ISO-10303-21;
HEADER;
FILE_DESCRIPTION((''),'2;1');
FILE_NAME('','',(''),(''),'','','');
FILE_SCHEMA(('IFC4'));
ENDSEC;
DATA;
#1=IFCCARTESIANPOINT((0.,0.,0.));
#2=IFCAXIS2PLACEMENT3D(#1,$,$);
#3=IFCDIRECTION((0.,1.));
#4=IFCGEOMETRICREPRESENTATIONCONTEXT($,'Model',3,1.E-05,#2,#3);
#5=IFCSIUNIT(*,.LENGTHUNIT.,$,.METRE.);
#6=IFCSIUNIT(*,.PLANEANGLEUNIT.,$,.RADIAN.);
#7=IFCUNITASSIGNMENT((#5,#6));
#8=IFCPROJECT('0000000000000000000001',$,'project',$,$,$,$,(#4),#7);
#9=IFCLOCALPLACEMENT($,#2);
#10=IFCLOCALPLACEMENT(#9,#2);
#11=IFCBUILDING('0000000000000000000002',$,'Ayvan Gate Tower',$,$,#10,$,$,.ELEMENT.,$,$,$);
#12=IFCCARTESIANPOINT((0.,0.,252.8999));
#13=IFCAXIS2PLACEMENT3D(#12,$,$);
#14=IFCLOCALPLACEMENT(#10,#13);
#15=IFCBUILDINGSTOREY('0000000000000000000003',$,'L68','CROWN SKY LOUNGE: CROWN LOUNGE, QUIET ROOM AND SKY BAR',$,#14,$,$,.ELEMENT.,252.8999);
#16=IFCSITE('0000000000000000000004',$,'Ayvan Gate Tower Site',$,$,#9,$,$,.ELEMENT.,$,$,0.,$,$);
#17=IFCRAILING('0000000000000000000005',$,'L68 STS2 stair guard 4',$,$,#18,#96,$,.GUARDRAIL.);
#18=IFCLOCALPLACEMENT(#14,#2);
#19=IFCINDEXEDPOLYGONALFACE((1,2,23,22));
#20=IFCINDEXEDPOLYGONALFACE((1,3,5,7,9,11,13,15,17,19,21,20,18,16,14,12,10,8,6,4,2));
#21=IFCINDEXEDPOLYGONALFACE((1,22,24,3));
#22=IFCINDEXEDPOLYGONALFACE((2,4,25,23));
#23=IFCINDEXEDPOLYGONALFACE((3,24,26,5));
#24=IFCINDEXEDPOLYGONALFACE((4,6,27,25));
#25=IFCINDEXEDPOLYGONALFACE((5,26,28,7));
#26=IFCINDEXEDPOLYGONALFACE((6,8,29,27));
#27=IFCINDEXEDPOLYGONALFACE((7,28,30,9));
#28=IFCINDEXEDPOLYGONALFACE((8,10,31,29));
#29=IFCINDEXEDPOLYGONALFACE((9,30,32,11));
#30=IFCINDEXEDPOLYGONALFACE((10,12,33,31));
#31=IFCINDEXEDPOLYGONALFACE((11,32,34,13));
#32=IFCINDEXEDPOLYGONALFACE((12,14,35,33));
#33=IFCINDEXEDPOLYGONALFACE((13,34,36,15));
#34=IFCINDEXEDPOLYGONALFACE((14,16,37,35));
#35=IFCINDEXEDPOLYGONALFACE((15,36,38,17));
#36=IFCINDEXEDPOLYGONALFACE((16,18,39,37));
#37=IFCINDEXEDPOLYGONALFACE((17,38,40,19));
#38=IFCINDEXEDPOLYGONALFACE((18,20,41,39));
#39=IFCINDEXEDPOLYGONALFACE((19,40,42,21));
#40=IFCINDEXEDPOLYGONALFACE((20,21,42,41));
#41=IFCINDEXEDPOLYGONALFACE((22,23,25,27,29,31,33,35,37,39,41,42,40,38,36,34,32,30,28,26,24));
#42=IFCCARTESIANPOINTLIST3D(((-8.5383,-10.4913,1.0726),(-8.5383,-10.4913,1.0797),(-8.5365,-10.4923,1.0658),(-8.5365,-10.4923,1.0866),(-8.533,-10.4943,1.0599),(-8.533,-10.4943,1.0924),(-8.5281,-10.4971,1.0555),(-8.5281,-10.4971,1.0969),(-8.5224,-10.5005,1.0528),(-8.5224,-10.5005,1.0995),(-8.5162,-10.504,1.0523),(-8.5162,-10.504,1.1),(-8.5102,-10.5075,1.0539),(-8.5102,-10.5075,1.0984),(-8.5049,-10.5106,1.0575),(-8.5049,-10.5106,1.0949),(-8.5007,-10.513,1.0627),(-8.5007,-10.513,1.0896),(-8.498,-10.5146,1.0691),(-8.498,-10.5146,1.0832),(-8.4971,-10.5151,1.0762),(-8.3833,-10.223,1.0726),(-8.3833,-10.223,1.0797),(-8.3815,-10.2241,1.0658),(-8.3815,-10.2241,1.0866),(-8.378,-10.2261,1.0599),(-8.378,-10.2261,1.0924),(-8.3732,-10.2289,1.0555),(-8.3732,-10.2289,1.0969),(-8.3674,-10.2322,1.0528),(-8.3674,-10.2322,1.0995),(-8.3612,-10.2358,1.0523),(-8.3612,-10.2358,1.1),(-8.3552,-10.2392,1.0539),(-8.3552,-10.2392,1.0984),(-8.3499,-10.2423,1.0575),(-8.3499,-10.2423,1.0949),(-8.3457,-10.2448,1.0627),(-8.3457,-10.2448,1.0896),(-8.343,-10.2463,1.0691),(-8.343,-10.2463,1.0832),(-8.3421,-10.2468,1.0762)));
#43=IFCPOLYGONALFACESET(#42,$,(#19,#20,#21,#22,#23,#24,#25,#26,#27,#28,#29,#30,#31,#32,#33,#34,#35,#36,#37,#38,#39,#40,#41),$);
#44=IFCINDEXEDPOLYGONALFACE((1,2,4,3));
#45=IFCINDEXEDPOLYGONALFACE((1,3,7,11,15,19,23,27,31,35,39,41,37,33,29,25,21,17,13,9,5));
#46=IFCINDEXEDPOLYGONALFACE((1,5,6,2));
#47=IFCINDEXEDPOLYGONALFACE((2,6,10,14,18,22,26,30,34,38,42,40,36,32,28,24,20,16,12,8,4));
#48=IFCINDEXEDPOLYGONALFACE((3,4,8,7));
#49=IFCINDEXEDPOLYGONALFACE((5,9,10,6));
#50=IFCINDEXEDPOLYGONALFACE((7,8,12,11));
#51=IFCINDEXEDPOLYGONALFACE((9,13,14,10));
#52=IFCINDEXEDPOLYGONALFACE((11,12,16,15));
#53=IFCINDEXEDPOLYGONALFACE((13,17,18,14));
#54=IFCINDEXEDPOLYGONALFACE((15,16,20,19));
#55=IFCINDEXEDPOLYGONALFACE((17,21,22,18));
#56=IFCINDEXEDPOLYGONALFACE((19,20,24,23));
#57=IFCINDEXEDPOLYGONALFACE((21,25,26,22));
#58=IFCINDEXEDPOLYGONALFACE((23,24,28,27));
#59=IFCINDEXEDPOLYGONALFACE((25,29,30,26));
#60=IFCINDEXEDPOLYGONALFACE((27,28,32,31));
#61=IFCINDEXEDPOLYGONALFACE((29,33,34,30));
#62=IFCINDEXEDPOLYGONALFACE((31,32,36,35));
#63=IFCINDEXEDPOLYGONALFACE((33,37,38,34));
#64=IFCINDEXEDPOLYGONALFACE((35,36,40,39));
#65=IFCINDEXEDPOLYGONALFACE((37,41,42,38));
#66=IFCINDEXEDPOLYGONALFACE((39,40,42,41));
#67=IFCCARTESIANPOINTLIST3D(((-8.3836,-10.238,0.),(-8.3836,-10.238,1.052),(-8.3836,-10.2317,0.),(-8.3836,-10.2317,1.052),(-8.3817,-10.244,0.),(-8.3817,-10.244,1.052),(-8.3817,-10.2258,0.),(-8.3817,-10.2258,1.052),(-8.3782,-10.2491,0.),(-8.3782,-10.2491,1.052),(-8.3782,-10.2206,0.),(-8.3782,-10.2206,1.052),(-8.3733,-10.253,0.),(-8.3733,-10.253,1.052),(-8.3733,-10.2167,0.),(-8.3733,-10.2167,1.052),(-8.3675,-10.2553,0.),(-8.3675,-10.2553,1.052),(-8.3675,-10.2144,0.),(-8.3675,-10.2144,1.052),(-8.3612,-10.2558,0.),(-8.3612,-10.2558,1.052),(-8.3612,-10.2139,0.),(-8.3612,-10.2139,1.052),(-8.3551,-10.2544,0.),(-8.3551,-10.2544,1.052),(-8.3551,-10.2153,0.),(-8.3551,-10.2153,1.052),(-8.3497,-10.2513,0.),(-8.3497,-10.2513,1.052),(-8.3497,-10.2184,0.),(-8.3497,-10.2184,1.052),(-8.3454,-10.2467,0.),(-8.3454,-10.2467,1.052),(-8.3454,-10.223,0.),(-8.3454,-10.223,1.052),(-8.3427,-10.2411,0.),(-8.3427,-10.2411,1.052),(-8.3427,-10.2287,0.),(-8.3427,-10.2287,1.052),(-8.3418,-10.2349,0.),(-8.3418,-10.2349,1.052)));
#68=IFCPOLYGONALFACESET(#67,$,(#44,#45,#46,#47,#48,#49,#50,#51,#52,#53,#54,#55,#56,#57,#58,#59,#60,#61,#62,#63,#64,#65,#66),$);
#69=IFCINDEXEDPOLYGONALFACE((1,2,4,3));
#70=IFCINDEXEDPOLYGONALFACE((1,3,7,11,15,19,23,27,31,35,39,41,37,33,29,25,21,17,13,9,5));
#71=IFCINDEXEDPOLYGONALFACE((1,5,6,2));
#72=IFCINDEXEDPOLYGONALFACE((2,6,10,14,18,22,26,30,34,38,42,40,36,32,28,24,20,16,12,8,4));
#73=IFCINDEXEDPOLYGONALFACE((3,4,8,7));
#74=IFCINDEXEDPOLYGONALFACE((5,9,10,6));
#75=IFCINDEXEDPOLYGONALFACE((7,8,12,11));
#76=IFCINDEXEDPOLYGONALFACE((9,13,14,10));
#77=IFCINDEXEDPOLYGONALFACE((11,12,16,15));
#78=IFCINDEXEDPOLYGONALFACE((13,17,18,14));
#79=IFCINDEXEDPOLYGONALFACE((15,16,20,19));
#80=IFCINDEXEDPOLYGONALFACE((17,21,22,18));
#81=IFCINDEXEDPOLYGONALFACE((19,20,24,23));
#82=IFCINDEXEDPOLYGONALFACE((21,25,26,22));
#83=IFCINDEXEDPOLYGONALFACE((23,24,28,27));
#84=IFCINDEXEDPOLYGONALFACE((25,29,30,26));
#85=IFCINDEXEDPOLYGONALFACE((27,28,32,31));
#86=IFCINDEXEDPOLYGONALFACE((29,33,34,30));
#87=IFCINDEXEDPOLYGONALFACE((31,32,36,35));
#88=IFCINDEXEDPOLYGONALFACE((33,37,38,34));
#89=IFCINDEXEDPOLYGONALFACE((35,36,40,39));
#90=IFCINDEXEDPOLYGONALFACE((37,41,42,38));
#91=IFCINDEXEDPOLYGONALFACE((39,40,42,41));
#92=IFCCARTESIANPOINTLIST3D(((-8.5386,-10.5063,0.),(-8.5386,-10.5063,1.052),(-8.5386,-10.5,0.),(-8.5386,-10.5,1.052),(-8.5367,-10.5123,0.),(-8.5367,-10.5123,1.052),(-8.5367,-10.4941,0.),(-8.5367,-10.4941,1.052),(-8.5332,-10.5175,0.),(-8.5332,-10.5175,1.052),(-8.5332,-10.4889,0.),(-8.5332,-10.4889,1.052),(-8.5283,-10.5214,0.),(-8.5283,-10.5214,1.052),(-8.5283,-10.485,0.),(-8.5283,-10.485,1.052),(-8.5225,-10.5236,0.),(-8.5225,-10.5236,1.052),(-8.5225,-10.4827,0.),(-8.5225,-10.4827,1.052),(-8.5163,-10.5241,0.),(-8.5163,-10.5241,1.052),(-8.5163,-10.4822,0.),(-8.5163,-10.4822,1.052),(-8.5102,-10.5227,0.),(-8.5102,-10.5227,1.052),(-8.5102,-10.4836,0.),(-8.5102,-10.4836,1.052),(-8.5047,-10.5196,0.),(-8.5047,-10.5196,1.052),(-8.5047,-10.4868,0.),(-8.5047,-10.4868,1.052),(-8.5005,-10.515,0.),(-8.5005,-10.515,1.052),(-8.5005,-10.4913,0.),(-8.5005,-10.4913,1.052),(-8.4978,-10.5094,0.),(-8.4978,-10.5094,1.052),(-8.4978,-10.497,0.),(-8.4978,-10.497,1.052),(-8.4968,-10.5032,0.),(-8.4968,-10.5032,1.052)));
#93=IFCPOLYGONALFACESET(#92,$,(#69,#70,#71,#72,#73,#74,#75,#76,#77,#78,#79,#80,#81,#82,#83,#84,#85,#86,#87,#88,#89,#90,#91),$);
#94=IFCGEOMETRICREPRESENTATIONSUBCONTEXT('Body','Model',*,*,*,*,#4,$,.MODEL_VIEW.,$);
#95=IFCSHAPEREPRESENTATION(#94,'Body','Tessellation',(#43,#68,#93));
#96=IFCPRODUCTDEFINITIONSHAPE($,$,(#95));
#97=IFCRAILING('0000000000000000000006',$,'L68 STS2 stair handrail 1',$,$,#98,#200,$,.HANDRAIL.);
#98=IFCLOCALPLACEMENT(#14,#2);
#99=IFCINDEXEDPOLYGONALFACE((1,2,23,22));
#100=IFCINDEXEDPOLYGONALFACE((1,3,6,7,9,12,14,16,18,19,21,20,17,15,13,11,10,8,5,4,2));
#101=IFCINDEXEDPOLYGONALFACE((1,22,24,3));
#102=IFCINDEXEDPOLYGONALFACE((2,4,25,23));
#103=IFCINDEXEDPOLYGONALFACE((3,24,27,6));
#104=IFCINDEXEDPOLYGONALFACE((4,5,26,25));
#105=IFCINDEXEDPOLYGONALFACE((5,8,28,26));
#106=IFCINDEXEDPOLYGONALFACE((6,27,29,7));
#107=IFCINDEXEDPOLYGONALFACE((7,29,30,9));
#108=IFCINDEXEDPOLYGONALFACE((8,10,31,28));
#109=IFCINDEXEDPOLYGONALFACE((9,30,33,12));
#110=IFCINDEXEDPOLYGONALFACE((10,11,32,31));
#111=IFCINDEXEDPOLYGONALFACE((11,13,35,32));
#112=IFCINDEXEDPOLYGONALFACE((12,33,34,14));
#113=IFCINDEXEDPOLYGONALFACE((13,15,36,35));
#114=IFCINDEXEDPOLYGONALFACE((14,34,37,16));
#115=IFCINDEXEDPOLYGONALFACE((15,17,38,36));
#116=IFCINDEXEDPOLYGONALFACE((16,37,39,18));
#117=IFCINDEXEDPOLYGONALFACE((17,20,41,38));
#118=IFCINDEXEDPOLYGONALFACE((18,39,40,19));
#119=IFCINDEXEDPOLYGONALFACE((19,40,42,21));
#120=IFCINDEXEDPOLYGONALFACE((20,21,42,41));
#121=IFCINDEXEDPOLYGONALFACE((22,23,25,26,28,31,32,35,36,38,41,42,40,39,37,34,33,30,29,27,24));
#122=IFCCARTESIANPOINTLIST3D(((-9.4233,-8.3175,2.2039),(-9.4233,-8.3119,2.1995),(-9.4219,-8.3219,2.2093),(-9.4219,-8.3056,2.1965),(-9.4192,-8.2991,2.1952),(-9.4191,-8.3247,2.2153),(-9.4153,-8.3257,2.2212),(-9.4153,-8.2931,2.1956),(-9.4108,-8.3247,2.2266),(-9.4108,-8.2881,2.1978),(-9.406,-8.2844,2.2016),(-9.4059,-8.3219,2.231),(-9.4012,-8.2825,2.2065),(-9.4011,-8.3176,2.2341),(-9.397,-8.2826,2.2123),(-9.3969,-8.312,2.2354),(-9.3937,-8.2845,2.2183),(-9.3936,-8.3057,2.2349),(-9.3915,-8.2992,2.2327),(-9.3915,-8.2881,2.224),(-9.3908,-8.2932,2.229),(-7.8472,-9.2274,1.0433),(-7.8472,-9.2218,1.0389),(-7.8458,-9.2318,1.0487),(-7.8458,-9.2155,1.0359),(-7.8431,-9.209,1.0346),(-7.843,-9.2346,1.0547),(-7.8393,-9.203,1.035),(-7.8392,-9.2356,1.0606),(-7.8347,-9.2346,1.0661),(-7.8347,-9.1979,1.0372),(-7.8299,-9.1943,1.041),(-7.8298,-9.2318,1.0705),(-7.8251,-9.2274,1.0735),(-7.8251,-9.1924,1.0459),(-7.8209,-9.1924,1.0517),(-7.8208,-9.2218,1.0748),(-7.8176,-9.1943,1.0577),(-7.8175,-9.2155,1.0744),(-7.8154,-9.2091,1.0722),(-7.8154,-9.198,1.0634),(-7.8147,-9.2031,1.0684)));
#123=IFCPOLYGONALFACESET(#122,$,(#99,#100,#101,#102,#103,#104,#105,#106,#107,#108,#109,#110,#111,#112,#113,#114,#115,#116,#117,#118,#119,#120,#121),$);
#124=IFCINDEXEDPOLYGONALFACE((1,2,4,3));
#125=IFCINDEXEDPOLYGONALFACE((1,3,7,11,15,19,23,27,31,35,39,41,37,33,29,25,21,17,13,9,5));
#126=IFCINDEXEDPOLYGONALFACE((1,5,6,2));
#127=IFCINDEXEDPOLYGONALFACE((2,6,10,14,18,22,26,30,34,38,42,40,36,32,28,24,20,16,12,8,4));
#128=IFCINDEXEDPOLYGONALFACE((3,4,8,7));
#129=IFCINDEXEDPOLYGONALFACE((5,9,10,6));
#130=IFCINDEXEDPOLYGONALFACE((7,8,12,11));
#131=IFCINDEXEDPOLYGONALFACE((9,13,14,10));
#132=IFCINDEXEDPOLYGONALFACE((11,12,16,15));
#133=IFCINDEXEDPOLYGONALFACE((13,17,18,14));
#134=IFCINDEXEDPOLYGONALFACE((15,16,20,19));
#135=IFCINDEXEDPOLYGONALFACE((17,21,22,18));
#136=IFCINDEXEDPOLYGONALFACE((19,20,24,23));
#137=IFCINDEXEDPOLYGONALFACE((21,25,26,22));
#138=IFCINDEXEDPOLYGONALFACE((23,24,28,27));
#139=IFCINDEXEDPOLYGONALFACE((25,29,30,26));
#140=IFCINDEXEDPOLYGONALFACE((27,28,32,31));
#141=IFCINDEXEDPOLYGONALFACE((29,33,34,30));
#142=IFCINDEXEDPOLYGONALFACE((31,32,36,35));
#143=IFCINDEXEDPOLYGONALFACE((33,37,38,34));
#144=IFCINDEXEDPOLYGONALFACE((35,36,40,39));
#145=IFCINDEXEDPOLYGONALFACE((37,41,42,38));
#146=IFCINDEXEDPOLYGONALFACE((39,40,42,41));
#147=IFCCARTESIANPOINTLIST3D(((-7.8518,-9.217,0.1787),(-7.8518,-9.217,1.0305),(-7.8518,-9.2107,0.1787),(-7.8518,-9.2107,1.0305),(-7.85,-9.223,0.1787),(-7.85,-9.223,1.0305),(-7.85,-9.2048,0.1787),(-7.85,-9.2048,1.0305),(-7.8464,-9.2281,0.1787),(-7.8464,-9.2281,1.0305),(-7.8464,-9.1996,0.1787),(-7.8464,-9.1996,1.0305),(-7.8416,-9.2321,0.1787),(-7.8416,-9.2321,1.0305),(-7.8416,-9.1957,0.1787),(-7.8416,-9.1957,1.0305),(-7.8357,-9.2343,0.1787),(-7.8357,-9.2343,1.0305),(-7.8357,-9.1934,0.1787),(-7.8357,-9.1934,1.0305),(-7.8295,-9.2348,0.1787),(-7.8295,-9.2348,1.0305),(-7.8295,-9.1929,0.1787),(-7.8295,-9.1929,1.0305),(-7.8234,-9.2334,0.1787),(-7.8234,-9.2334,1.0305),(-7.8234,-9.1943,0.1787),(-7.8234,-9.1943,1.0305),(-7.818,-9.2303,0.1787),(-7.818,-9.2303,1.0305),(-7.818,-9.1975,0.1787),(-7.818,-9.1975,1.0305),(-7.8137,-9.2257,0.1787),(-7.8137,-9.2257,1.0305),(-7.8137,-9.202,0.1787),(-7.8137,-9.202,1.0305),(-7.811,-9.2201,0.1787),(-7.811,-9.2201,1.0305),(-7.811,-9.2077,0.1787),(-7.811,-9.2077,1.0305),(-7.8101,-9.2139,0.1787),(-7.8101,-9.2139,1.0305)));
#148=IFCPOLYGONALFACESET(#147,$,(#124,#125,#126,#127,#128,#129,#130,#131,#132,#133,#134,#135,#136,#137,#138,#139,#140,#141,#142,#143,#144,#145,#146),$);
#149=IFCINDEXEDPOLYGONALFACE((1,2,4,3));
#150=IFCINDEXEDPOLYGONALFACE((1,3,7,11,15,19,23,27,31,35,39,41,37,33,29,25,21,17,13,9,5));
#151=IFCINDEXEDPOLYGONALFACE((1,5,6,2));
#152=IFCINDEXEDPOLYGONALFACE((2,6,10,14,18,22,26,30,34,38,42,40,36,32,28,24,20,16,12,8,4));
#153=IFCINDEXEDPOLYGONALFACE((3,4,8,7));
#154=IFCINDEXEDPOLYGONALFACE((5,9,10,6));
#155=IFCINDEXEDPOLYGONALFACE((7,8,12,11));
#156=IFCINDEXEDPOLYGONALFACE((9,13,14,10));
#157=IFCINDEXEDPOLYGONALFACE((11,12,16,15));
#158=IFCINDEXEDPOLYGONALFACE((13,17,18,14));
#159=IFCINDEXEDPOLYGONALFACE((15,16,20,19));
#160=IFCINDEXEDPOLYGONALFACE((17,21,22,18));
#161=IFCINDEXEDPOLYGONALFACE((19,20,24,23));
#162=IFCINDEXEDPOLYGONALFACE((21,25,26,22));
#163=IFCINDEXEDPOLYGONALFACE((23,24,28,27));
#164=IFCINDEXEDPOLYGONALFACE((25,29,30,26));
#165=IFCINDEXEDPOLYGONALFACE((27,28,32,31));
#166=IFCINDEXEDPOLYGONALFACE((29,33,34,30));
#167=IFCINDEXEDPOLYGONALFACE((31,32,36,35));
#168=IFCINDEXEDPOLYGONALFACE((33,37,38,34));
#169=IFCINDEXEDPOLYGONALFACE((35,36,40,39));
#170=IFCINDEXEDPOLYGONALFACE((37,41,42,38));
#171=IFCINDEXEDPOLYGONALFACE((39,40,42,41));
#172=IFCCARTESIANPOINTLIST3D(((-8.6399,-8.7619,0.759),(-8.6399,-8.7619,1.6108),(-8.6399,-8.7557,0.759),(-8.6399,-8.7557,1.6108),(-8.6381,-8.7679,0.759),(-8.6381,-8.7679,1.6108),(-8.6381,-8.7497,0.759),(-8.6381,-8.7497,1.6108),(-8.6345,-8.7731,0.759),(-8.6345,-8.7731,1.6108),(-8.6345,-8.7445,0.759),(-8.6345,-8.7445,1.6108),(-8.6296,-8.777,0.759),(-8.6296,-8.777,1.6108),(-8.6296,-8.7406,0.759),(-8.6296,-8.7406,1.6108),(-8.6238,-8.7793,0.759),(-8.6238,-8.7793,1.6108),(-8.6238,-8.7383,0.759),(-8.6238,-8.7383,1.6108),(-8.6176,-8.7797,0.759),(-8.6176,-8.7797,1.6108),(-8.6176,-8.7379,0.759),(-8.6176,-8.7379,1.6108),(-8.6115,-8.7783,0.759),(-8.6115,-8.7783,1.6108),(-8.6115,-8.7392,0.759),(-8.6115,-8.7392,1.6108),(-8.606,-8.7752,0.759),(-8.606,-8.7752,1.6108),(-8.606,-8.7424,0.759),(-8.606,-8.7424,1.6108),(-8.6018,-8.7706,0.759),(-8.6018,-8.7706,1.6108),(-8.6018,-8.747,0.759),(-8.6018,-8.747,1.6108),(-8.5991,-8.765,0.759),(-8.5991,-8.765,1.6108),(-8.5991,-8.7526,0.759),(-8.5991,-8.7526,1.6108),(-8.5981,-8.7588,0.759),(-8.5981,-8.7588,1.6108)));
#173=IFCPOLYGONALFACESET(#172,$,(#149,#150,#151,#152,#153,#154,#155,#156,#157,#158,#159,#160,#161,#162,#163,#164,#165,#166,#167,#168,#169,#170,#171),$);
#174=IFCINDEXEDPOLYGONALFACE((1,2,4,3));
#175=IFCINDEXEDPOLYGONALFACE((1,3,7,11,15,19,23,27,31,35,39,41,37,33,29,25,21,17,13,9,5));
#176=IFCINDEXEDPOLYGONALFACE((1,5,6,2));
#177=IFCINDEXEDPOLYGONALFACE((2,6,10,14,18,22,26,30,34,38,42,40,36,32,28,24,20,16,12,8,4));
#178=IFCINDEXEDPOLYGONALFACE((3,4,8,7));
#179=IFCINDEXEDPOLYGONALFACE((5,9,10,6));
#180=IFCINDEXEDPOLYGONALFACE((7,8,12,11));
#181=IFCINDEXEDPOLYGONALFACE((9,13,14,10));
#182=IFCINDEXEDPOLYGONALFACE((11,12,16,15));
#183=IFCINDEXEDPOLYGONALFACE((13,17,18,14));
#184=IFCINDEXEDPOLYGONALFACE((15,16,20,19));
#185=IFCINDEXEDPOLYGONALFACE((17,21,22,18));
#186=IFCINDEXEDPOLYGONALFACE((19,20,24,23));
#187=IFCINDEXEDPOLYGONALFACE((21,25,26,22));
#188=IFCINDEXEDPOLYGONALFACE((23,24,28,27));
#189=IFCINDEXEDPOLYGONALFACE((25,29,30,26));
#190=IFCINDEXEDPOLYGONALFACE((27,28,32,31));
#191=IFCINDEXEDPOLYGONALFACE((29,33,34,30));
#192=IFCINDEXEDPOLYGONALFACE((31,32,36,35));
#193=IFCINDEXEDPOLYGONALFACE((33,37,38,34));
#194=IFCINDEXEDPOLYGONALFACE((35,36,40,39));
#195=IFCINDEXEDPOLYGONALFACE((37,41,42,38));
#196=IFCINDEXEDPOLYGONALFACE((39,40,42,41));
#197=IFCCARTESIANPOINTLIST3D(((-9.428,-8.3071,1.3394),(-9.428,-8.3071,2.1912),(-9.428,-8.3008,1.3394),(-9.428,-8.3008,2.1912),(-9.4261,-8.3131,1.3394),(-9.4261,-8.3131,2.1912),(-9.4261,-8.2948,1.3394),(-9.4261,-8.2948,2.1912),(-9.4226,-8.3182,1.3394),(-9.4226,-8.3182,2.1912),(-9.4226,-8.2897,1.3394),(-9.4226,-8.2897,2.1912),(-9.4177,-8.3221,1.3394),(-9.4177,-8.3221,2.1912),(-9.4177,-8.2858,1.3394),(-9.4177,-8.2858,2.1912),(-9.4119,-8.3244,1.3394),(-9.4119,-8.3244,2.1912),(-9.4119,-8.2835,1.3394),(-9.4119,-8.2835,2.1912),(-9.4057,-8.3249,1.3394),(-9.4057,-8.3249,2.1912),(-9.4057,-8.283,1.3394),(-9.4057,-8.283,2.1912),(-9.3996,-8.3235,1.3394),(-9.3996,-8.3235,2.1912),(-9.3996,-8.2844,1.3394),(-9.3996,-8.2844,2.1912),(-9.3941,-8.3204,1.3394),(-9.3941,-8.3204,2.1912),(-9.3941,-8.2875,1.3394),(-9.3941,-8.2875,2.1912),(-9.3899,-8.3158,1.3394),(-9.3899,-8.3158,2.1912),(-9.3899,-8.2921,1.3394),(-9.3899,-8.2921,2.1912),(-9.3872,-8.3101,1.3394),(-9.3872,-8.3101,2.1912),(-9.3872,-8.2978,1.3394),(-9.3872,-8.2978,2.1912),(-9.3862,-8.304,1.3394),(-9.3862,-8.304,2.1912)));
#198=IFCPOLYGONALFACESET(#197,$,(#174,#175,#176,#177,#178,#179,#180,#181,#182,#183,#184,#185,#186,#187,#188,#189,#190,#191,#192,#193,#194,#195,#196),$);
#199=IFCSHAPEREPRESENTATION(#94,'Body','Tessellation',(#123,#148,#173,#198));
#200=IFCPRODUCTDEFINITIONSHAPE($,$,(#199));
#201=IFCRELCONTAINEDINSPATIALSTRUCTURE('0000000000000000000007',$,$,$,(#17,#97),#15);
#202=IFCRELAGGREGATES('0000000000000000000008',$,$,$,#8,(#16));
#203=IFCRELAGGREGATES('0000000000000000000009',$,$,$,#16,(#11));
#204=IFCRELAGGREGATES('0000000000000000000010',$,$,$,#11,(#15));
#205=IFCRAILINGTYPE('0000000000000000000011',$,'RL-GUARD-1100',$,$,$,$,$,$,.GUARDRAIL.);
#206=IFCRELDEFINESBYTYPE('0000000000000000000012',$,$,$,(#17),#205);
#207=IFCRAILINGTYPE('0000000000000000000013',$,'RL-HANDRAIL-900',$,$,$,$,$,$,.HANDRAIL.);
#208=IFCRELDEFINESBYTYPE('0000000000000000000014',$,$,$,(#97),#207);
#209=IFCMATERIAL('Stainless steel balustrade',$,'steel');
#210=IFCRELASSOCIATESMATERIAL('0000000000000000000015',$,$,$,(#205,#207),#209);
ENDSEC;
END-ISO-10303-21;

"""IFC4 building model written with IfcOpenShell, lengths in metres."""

from ifc_helpers import new_model, si_unit, direction, frame, origin, origin_2d, place, context, subcontext, project, spatial, circle, extrude, material, type_object, element, save


model = new_model("IFC4")

# Units and contexts
model_context = context("Model", 3, precision=1e-05, world=origin(), true_north=direction((0.0, 1.0)))
body_context = subcontext(model_context, "Body", "Model", "MODEL_VIEW")
ifc_project = project(units=[si_unit("LENGTHUNIT", "METRE"), si_unit("PLANEANGLEUNIT", "RADIAN")], contexts=[model_context])

# Site, building, storey
site_placement = place(None, origin())
site = spatial("IfcSite", under=ifc_project, at=site_placement, Name="Ayvan Gate Tower Site", CompositionType="ELEMENT", RefElevation=0.0)
building_placement = place(site_placement, origin())
building = spatial("IfcBuilding", under=site, at=building_placement, Name="Ayvan Gate Tower", CompositionType="ELEMENT")
storey_placement = place(building_placement, frame((0.0, 0.0, 252.8999)))
storey = spatial("IfcBuildingStorey", under=building, at=storey_placement, Name="L68", Description="CROWN SKY LOUNGE: CROWN LOUNGE, QUIET ROOM AND SKY BAR", CompositionType="ELEMENT", Elevation=252.8999)

# Railings
ifc_material_1 = material(Name="Stainless steel balustrade", Category="steel")
railing_type_1 = type_object("IfcRailingType", Name="RL-GUARD-1100", PredefinedType="GUARDRAIL", material=ifc_material_1)
railing_1_placement = place(storey_placement, frame((-8.3628, -10.2349, 0.0)))
element("IfcRailing", 1, at=railing_1_placement, inside=storey, type_object=railing_type_1, Name="L68 STS2 stair guard 4", PredefinedType="GUARDRAIL", context=body_context, shape_type="SweptSolid", body=[
    extrude(circle(Radius=0.0239, at=origin_2d()), frame((0.0, 0.0, 1.0762), z_axis=(-0.500291, -0.865857, 0.0), x_axis=(0.865857, -0.500291, 0.0)), (0.0, 0.0, 1.0), 0.3098),
    extrude(circle(Radius=0.021, at=origin_2d()), origin(), (0.0, 0.0, 1.0), 1.052),
    extrude(circle(Radius=0.021, at=origin_2d()), frame((-0.155, -0.2683, 0.0)), (0.0, 0.0, 1.0), 1.052),
])
railing_type_2 = type_object("IfcRailingType", Name="RL-HANDRAIL-900", PredefinedType="HANDRAIL", material=ifc_material_1)
railing_2_placement = place(storey_placement, frame((-7.8311, -9.2139, 0.1787)))
element("IfcRailing", 2, at=railing_2_placement, inside=storey, type_object=railing_type_2, Name="L68 STS2 stair handrail 1", PredefinedType="HANDRAIL", context=body_context, shape_type="SweptSolid", body=[
    extrude(circle(Radius=0.0239, at=origin_2d()), frame((0.0, 0.0, 0.876), z_axis=(-0.730198, 0.421538, 0.537695), x_axis=(-0.499962, -0.866047, 0.0)), (0.0, 0.0, 1.0), 2.1584),
    extrude(circle(Radius=0.021, at=origin_2d()), origin(), (0.0, 0.0, 1.0), 0.8518),
    extrude(circle(Radius=0.021, at=origin_2d()), frame((-0.7881, 0.4551, 0.5803)), (0.0, 0.0, 1.0), 0.8518),
    extrude(circle(Radius=0.021, at=origin_2d()), frame((-1.5762, 0.9099, 1.1606)), (0.0, 0.0, 1.0), 0.8518),
])

save(model, "model.ifc")
